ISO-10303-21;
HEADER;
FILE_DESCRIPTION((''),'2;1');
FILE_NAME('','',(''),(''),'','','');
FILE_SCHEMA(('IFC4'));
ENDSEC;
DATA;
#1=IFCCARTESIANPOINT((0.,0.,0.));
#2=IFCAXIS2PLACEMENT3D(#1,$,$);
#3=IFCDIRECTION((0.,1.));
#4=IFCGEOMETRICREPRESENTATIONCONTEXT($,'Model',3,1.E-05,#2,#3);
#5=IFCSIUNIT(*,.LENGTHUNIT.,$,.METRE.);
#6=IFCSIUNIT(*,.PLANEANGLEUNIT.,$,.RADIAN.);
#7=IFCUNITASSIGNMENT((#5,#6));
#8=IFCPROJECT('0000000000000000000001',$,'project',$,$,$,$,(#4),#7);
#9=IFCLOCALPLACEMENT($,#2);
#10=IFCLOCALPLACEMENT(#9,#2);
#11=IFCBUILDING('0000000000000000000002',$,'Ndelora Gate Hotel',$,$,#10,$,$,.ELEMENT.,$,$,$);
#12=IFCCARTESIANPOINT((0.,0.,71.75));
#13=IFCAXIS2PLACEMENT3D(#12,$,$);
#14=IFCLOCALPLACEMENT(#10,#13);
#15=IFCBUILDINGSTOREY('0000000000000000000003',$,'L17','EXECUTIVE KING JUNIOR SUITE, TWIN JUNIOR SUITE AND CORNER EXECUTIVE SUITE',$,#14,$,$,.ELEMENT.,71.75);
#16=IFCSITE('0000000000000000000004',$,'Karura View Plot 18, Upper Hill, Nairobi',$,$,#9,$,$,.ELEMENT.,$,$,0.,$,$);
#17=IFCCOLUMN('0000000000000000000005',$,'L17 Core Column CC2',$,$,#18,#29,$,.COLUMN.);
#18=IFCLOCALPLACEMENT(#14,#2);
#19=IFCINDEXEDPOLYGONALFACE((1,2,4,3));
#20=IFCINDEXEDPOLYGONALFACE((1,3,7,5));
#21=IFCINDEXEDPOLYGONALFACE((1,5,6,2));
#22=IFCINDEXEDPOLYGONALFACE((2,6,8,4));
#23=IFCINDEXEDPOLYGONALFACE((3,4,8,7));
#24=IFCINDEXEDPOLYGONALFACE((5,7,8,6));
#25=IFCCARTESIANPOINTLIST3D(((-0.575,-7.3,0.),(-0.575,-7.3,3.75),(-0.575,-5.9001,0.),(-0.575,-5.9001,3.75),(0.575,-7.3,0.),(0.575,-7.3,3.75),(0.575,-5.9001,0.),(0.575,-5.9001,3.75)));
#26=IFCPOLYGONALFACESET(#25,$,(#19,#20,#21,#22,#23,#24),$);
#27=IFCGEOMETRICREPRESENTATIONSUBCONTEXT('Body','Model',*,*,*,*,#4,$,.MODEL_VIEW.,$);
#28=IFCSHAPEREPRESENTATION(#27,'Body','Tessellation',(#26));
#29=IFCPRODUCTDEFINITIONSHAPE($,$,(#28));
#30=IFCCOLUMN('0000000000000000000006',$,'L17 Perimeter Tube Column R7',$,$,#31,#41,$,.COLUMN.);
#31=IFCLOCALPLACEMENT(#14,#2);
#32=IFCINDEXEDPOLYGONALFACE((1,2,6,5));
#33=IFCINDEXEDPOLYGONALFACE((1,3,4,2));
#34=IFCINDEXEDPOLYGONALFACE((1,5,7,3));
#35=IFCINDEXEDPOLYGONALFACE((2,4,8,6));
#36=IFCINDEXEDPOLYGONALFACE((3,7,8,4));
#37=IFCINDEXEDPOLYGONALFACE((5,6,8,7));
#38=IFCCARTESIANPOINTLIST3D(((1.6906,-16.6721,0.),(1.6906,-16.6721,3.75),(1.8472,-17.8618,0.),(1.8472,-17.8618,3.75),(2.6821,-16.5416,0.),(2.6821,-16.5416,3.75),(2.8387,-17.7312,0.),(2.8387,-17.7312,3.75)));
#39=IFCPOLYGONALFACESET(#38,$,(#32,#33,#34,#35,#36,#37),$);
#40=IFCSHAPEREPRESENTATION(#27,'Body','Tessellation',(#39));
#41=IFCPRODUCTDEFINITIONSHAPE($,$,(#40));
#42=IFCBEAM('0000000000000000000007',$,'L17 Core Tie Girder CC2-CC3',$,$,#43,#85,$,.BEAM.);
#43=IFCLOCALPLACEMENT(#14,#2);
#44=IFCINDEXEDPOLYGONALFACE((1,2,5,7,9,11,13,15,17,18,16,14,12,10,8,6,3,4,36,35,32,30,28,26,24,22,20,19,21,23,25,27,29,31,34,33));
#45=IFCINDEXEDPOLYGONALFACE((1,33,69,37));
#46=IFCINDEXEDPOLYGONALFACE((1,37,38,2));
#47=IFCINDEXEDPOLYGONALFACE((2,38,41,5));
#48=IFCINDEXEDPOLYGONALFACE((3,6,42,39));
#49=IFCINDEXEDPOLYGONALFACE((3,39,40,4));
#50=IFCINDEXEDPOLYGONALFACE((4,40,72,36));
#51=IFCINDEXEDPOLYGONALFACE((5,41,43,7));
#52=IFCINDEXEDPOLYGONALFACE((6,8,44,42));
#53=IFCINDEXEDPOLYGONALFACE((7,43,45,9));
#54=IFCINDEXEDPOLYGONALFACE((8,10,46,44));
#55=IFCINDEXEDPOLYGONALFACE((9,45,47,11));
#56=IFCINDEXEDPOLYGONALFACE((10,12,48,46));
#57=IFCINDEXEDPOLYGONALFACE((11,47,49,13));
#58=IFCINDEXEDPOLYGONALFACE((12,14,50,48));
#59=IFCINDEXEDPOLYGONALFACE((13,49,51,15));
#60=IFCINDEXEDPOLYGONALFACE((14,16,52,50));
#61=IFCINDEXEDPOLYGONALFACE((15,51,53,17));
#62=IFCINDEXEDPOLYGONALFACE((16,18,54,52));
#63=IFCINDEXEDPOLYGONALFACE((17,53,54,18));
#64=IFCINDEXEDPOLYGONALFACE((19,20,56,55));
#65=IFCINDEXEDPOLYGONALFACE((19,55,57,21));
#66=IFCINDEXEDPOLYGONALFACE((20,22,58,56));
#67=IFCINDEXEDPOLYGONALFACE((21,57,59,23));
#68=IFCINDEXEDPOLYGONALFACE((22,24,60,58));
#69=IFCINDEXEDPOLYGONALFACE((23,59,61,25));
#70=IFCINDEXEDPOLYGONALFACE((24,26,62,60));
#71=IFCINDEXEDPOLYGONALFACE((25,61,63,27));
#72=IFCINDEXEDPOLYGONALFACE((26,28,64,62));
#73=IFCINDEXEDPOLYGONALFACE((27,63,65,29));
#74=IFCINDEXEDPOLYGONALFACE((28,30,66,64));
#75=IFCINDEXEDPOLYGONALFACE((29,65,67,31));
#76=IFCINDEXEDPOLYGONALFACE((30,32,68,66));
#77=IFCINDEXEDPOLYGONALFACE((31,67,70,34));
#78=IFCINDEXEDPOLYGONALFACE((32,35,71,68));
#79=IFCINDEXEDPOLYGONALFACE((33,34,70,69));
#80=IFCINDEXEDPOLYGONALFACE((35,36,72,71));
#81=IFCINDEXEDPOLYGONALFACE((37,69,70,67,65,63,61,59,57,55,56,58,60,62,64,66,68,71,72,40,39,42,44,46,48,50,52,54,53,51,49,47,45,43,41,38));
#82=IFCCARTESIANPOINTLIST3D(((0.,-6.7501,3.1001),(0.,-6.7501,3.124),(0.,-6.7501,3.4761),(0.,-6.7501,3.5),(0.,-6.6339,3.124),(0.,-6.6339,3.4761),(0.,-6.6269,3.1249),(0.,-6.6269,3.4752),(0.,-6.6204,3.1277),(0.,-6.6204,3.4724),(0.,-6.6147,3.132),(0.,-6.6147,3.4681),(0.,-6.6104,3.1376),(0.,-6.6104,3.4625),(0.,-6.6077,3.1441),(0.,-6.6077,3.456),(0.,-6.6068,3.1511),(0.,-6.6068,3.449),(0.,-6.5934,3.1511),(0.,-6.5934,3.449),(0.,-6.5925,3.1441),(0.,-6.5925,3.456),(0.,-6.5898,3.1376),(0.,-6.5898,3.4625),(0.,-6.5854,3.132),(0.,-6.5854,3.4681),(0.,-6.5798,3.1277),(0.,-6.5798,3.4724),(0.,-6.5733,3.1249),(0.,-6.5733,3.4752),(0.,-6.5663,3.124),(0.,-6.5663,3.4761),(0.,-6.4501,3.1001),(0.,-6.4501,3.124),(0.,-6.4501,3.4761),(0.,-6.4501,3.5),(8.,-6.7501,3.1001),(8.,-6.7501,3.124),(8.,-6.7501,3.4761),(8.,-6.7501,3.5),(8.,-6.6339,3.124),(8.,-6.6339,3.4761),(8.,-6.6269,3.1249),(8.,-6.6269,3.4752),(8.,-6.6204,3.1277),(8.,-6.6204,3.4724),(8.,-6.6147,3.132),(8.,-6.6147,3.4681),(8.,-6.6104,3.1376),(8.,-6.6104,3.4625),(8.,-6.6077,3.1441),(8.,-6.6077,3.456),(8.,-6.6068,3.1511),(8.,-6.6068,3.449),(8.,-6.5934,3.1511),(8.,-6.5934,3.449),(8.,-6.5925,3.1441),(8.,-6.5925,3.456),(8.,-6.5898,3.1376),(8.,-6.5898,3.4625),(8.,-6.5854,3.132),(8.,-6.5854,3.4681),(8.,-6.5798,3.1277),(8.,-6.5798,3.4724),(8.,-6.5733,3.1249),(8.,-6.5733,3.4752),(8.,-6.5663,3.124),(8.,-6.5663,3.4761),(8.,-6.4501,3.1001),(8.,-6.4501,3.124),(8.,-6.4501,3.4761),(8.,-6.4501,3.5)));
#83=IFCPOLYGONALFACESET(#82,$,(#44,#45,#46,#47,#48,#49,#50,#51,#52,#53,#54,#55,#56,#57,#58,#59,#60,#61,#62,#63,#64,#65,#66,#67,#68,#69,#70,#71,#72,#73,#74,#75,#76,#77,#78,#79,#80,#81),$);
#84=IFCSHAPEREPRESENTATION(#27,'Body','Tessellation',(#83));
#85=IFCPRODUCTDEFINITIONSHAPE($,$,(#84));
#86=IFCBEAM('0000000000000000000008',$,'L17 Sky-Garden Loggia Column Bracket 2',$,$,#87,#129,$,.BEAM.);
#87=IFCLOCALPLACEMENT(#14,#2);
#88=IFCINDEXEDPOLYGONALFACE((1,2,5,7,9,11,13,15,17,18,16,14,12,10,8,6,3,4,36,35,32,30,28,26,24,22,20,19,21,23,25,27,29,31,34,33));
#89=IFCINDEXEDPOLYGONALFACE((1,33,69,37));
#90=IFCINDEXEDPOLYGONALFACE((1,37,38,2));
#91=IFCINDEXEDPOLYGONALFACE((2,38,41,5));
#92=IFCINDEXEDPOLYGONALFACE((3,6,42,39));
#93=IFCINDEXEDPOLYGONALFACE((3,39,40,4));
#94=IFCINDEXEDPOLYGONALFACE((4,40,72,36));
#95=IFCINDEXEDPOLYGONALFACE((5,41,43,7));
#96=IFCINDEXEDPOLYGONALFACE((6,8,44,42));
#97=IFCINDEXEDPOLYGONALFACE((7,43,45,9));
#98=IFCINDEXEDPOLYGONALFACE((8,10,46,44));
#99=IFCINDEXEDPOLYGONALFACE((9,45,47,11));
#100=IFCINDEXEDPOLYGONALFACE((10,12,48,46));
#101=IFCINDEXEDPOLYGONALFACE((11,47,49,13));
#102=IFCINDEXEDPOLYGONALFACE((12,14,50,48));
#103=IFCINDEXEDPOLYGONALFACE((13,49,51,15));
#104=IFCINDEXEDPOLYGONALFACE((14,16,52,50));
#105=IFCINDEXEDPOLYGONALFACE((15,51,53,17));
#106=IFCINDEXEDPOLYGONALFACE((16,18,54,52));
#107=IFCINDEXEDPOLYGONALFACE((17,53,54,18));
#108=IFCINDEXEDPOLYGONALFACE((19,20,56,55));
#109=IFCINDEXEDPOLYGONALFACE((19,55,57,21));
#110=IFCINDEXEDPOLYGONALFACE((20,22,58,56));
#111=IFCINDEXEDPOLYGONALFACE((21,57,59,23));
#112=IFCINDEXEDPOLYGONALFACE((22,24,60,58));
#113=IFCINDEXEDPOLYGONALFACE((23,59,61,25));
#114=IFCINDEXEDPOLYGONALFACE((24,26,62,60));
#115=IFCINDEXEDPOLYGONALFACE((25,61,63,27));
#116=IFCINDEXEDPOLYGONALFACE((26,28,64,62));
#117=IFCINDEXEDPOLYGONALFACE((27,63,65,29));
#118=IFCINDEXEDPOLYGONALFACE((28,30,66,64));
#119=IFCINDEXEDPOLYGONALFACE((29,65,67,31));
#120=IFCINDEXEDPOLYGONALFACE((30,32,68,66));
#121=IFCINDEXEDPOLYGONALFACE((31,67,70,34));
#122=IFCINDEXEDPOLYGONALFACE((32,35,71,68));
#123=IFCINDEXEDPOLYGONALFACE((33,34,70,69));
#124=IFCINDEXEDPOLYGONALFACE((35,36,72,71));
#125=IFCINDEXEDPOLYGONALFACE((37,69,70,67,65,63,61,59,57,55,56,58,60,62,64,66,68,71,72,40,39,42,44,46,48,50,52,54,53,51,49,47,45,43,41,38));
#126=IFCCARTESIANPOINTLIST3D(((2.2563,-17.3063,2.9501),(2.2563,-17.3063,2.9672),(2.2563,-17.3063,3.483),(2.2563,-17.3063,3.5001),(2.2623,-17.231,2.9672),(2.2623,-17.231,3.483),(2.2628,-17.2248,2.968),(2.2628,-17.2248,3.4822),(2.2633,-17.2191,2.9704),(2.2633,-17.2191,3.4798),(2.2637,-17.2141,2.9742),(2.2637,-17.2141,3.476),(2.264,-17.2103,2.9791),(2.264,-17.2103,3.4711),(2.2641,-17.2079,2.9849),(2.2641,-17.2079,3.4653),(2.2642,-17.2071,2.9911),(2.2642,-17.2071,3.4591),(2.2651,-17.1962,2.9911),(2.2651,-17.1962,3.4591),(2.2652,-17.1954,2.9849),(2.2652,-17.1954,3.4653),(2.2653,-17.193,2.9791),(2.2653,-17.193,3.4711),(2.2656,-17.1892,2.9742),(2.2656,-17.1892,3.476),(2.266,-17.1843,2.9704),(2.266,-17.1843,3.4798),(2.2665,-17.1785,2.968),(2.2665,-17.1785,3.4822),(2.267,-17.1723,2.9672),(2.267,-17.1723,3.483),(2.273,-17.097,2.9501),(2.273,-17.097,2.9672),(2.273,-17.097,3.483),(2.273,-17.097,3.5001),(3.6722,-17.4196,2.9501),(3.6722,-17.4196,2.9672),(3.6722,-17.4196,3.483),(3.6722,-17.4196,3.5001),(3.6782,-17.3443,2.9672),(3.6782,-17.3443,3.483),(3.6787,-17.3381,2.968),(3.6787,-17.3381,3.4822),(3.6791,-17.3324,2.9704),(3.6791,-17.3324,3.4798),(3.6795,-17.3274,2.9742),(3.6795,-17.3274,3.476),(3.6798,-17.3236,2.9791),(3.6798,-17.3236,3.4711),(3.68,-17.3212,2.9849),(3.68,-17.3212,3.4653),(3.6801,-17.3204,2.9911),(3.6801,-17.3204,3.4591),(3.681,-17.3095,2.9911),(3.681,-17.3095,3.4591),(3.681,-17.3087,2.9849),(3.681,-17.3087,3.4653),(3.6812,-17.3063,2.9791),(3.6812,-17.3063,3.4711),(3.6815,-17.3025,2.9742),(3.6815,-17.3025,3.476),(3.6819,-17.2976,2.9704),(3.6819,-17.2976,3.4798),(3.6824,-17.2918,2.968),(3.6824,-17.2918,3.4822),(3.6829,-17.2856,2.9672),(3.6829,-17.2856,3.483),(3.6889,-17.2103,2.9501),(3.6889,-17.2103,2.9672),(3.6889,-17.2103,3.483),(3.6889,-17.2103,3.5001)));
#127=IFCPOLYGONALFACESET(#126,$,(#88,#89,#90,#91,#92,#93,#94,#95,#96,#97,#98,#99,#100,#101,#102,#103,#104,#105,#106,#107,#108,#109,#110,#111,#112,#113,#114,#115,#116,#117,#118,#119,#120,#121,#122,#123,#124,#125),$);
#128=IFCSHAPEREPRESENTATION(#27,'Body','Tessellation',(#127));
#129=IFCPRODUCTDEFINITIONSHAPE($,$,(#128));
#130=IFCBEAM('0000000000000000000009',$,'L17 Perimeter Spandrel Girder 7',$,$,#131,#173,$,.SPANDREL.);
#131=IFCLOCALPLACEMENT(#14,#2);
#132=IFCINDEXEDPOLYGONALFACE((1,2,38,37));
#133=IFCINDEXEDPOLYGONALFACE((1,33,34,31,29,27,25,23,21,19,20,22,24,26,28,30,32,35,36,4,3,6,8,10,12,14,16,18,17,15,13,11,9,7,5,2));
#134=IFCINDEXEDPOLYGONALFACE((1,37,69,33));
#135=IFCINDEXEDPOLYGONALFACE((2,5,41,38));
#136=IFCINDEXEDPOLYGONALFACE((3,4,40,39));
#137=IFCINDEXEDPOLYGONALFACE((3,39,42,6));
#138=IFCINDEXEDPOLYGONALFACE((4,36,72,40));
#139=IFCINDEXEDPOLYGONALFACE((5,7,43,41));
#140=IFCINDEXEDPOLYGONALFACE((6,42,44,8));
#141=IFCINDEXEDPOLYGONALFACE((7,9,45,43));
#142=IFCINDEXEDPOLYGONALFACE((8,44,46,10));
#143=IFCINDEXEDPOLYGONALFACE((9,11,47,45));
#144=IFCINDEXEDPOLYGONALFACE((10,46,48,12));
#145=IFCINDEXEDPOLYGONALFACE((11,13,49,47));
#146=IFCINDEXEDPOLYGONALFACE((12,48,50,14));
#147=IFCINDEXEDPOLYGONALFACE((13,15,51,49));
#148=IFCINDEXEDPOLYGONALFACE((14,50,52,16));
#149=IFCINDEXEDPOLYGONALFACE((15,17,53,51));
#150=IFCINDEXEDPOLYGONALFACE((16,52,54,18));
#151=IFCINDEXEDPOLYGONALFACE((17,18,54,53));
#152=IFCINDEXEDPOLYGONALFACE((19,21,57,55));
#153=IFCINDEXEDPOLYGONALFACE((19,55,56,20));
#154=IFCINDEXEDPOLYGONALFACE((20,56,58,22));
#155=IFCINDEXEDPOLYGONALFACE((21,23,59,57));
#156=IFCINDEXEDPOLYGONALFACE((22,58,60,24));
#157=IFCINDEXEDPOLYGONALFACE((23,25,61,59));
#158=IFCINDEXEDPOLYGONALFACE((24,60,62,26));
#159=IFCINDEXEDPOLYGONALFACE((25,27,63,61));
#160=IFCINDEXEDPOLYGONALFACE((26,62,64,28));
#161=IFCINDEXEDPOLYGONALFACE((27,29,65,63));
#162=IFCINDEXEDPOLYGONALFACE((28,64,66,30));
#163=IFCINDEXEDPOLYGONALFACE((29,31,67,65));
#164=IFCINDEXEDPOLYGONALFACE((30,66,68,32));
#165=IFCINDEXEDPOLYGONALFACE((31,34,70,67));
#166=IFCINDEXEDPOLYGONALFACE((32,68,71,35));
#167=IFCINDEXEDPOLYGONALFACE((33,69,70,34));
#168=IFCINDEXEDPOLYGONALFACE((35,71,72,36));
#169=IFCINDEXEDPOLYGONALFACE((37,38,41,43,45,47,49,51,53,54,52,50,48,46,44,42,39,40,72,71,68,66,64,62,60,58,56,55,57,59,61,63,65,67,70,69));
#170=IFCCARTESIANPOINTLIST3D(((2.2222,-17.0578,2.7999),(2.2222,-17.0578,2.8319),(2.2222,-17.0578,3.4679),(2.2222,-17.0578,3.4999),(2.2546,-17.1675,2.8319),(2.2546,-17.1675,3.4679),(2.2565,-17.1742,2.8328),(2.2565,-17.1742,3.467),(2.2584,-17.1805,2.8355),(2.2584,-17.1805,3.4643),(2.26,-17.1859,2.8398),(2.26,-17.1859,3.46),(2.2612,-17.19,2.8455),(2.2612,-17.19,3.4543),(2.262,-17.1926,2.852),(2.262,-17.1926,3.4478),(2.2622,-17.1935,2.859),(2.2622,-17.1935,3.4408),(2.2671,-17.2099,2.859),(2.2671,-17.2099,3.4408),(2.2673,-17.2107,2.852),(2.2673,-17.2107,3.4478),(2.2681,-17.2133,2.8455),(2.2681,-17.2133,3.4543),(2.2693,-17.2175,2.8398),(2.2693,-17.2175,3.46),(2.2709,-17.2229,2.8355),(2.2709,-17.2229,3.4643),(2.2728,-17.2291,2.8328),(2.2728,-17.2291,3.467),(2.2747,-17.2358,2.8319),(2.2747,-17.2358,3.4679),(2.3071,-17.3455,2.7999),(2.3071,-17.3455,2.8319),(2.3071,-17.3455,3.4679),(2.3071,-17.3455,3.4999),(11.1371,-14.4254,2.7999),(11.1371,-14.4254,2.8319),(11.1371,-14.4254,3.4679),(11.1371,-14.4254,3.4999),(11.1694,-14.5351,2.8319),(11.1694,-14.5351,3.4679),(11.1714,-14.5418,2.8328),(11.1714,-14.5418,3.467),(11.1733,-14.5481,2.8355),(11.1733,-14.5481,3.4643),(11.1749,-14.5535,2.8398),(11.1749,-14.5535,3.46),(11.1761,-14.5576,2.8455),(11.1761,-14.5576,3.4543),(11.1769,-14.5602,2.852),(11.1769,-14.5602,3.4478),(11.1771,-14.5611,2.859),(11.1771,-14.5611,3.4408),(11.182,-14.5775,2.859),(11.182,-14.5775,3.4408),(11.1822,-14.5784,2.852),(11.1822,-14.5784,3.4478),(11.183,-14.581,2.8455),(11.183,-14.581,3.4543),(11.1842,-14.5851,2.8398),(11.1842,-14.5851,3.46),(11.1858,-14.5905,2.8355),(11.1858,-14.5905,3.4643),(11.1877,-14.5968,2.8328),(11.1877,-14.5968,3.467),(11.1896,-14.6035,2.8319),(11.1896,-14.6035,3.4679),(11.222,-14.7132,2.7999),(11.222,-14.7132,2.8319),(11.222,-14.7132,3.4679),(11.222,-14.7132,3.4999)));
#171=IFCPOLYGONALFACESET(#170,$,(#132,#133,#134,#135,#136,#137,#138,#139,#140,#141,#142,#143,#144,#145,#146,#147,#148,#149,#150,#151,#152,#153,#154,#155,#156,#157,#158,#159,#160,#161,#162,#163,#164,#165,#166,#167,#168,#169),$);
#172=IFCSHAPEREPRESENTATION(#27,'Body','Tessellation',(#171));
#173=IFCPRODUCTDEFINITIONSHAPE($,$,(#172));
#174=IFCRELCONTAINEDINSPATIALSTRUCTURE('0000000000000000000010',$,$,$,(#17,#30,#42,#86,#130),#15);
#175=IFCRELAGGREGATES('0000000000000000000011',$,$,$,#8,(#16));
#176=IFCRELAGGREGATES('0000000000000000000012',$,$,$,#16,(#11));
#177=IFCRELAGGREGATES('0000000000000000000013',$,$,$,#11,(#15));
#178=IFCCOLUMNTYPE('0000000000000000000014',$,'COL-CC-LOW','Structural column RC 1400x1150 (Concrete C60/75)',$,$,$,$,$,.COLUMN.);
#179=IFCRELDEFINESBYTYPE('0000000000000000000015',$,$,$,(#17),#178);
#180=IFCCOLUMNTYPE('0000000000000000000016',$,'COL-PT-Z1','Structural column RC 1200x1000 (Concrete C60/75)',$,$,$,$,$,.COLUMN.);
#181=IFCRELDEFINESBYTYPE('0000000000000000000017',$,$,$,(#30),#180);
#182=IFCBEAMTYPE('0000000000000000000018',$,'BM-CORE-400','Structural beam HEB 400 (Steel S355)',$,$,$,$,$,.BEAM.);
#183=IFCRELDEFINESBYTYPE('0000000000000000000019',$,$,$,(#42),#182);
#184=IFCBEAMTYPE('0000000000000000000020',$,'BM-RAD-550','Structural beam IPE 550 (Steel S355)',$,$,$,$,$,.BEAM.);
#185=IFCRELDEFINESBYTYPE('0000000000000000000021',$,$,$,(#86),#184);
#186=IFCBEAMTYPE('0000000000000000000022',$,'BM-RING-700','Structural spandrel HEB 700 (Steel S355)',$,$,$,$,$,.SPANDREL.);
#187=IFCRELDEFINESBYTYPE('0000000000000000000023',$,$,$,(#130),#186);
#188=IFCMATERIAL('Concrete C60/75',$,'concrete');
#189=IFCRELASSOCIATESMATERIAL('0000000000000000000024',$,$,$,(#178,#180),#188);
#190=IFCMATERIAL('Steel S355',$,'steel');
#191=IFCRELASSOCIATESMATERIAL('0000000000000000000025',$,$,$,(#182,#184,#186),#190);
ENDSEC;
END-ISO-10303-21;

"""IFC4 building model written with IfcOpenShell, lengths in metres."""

from ifc_helpers import new_model, si_unit, direction, frame, origin, origin_2d, place, context, subcontext, project, spatial, rectangle, i_section, extrude, material, material_profile, profile_set, type_object, element, save


model = new_model("IFC4")

# Units and contexts
model_context = context("Model", 3, precision=1e-05, world=origin(), true_north=direction((0.0, 1.0)))
body_context = subcontext(model_context, "Body", "Model", "MODEL_VIEW")
ifc_project = project(units=[si_unit("LENGTHUNIT", "METRE"), si_unit("PLANEANGLEUNIT", "RADIAN")], contexts=[model_context])

# Site, building, storey
site_placement = place(None, origin())
site = spatial("IfcSite", under=ifc_project, at=site_placement, Name="Karura View Plot 18, Upper Hill, Nairobi", CompositionType="ELEMENT", RefElevation=0.0)
building_placement = place(site_placement, origin())
building = spatial("IfcBuilding", under=site, at=building_placement, Name="Ndelora Gate Hotel", CompositionType="ELEMENT")
storey_placement = place(building_placement, frame((0.0, 0.0, 71.75)))
storey = spatial("IfcBuildingStorey", under=building, at=storey_placement, Name="L17", Description="EXECUTIVE KING JUNIOR SUITE, TWIN JUNIOR SUITE AND CORNER EXECUTIVE SUITE", CompositionType="ELEMENT", Elevation=71.75)

# Columns
ifc_material_1 = material(Name="Concrete C60/75", Category="concrete")
ifc_material_profile_1 = material_profile(ifc_material_1, rectangle(XDim=1.1499, YDim=1.3999, at=origin_2d()), Name="RC 1400x1150")
ifc_profile_set_1 = profile_set([ifc_material_profile_1], Name="Concrete C60/75")
column_type_1 = type_object("IfcColumnType", Name="COL-CC-LOW", Description="Structural column RC 1400x1150 (Concrete C60/75)", PredefinedType="COLUMN", material=ifc_profile_set_1)
column_1_placement = place(storey_placement, frame((0.0, -6.6001, 0.0), z_axis=(0.0, 0.0, 1.0), x_axis=(1.0, 0.0, 0.0)))
element("IfcColumn", 1, at=column_1_placement, inside=storey, type_object=column_type_1, Name="L17 Core Column CC2", PredefinedType="COLUMN", context=body_context, shape_type="SweptSolid", body=[
    extrude(rectangle(XDim=1.1499, YDim=1.3999, at=origin_2d()), origin(), (0.0, 0.0, 1.0), 3.75),
])
ifc_material_profile_2 = material_profile(ifc_material_1, rectangle(XDim=1.0, YDim=1.2, at=origin_2d()), Name="RC 1200x1000")
ifc_profile_set_2 = profile_set([ifc_material_profile_2], Name="Concrete C60/75")
column_type_2 = type_object("IfcColumnType", Name="COL-PT-Z1", Description="Structural column RC 1200x1000 (Concrete C60/75)", PredefinedType="COLUMN", material=ifc_profile_set_2)
column_2_placement = place(storey_placement, frame((2.2646, -17.2017, 0.0), z_axis=(0.0, 0.0, 1.0), x_axis=(0.991445, 0.130526, 0.0)))
element("IfcColumn", 2, at=column_2_placement, inside=storey, type_object=column_type_2, Name="L17 Perimeter Tube Column R7", PredefinedType="COLUMN", context=body_context, shape_type="SweptSolid", body=[
    extrude(rectangle(XDim=1.0, YDim=1.2, at=origin_2d()), origin(), (0.0, 0.0, 1.0), 3.75),
])

# Beams
ifc_material_2 = material(Name="Steel S355", Category="steel")
ifc_material_profile_3 = material_profile(ifc_material_2, i_section(OverallWidth=0.3, OverallDepth=0.3999, WebThickness=0.0134, FlangeThickness=0.0239, FilletRadius=0.0271, at=origin_2d()), Name="HEB 400")
ifc_profile_set_3 = profile_set([ifc_material_profile_3], Name="Steel S355")
beam_type_1 = type_object("IfcBeamType", Name="BM-CORE-400", Description="Structural beam HEB 400 (Steel S355)", PredefinedType="BEAM", material=ifc_profile_set_3)
beam_1_placement = place(storey_placement, frame((0.0, -6.6001, 3.3), z_axis=(1.0, 0.0, 0.0), x_axis=(0.0, 1.0, 0.0)))
element("IfcBeam", 3, at=beam_1_placement, inside=storey, type_object=beam_type_1, Name="L17 Core Tie Girder CC2-CC3", PredefinedType="BEAM", context=body_context, shape_type="SweptSolid", body=[
    extrude(i_section(OverallWidth=0.3, OverallDepth=0.3999, WebThickness=0.0134, FlangeThickness=0.0239, FilletRadius=0.0271, at=origin_2d()), origin(), (0.0, 0.0, 1.0), 8.0),
])
ifc_material_profile_4 = material_profile(ifc_material_2, i_section(OverallWidth=0.21, OverallDepth=0.55, WebThickness=0.011, FlangeThickness=0.0171, FilletRadius=0.0239, at=origin_2d()), Name="IPE 550")
ifc_profile_set_4 = profile_set([ifc_material_profile_4], Name="Steel S355")
beam_type_2 = type_object("IfcBeamType", Name="BM-RAD-550", Description="Structural beam IPE 550 (Steel S355)", PredefinedType="BEAM", material=ifc_profile_set_4)
beam_2_placement = place(storey_placement, frame((2.2646, -17.2017, 3.2251), z_axis=(0.996814, -0.079759, 0.0), x_axis=(0.079759, 0.996814, 0.0)))
element("IfcBeam", 4, at=beam_2_placement, inside=storey, type_object=beam_type_2, Name="L17 Sky-Garden Loggia Column Bracket 2", PredefinedType="BEAM", context=body_context, shape_type="SweptSolid", body=[
    extrude(i_section(OverallWidth=0.21, OverallDepth=0.55, WebThickness=0.011, FlangeThickness=0.0171, FilletRadius=0.0239, at=origin_2d()), origin(), (0.0, 0.0, 1.0), 1.4204),
])
ifc_material_profile_5 = material_profile(ifc_material_2, i_section(OverallWidth=0.3, OverallDepth=0.7, WebThickness=0.0171, FlangeThickness=0.032, FilletRadius=0.0271, at=origin_2d()), Name="HEB 700")
ifc_profile_set_5 = profile_set([ifc_material_profile_5], Name="Steel S355")
beam_type_3 = type_object("IfcBeamType", Name="BM-RING-700", Description="Structural spandrel HEB 700 (Steel S355)", PredefinedType="SPANDREL", material=ifc_profile_set_5)
beam_3_placement = place(storey_placement, frame((2.2646, -17.2017, 3.1499), z_axis=(0.959064, 0.283189, 0.0), x_axis=(-0.283189, 0.959064, 0.0)))
element("IfcBeam", 5, at=beam_3_placement, inside=storey, type_object=beam_type_3, Name="L17 Perimeter Spandrel Girder 7", PredefinedType="SPANDREL", context=body_context, shape_type="SweptSolid", body=[
    extrude(i_section(OverallWidth=0.3, OverallDepth=0.7, WebThickness=0.0171, FlangeThickness=0.032, FilletRadius=0.0271, at=origin_2d()), origin(), (0.0, 0.0, 1.0), 9.2954),
])

save(model, "model.ifc")
